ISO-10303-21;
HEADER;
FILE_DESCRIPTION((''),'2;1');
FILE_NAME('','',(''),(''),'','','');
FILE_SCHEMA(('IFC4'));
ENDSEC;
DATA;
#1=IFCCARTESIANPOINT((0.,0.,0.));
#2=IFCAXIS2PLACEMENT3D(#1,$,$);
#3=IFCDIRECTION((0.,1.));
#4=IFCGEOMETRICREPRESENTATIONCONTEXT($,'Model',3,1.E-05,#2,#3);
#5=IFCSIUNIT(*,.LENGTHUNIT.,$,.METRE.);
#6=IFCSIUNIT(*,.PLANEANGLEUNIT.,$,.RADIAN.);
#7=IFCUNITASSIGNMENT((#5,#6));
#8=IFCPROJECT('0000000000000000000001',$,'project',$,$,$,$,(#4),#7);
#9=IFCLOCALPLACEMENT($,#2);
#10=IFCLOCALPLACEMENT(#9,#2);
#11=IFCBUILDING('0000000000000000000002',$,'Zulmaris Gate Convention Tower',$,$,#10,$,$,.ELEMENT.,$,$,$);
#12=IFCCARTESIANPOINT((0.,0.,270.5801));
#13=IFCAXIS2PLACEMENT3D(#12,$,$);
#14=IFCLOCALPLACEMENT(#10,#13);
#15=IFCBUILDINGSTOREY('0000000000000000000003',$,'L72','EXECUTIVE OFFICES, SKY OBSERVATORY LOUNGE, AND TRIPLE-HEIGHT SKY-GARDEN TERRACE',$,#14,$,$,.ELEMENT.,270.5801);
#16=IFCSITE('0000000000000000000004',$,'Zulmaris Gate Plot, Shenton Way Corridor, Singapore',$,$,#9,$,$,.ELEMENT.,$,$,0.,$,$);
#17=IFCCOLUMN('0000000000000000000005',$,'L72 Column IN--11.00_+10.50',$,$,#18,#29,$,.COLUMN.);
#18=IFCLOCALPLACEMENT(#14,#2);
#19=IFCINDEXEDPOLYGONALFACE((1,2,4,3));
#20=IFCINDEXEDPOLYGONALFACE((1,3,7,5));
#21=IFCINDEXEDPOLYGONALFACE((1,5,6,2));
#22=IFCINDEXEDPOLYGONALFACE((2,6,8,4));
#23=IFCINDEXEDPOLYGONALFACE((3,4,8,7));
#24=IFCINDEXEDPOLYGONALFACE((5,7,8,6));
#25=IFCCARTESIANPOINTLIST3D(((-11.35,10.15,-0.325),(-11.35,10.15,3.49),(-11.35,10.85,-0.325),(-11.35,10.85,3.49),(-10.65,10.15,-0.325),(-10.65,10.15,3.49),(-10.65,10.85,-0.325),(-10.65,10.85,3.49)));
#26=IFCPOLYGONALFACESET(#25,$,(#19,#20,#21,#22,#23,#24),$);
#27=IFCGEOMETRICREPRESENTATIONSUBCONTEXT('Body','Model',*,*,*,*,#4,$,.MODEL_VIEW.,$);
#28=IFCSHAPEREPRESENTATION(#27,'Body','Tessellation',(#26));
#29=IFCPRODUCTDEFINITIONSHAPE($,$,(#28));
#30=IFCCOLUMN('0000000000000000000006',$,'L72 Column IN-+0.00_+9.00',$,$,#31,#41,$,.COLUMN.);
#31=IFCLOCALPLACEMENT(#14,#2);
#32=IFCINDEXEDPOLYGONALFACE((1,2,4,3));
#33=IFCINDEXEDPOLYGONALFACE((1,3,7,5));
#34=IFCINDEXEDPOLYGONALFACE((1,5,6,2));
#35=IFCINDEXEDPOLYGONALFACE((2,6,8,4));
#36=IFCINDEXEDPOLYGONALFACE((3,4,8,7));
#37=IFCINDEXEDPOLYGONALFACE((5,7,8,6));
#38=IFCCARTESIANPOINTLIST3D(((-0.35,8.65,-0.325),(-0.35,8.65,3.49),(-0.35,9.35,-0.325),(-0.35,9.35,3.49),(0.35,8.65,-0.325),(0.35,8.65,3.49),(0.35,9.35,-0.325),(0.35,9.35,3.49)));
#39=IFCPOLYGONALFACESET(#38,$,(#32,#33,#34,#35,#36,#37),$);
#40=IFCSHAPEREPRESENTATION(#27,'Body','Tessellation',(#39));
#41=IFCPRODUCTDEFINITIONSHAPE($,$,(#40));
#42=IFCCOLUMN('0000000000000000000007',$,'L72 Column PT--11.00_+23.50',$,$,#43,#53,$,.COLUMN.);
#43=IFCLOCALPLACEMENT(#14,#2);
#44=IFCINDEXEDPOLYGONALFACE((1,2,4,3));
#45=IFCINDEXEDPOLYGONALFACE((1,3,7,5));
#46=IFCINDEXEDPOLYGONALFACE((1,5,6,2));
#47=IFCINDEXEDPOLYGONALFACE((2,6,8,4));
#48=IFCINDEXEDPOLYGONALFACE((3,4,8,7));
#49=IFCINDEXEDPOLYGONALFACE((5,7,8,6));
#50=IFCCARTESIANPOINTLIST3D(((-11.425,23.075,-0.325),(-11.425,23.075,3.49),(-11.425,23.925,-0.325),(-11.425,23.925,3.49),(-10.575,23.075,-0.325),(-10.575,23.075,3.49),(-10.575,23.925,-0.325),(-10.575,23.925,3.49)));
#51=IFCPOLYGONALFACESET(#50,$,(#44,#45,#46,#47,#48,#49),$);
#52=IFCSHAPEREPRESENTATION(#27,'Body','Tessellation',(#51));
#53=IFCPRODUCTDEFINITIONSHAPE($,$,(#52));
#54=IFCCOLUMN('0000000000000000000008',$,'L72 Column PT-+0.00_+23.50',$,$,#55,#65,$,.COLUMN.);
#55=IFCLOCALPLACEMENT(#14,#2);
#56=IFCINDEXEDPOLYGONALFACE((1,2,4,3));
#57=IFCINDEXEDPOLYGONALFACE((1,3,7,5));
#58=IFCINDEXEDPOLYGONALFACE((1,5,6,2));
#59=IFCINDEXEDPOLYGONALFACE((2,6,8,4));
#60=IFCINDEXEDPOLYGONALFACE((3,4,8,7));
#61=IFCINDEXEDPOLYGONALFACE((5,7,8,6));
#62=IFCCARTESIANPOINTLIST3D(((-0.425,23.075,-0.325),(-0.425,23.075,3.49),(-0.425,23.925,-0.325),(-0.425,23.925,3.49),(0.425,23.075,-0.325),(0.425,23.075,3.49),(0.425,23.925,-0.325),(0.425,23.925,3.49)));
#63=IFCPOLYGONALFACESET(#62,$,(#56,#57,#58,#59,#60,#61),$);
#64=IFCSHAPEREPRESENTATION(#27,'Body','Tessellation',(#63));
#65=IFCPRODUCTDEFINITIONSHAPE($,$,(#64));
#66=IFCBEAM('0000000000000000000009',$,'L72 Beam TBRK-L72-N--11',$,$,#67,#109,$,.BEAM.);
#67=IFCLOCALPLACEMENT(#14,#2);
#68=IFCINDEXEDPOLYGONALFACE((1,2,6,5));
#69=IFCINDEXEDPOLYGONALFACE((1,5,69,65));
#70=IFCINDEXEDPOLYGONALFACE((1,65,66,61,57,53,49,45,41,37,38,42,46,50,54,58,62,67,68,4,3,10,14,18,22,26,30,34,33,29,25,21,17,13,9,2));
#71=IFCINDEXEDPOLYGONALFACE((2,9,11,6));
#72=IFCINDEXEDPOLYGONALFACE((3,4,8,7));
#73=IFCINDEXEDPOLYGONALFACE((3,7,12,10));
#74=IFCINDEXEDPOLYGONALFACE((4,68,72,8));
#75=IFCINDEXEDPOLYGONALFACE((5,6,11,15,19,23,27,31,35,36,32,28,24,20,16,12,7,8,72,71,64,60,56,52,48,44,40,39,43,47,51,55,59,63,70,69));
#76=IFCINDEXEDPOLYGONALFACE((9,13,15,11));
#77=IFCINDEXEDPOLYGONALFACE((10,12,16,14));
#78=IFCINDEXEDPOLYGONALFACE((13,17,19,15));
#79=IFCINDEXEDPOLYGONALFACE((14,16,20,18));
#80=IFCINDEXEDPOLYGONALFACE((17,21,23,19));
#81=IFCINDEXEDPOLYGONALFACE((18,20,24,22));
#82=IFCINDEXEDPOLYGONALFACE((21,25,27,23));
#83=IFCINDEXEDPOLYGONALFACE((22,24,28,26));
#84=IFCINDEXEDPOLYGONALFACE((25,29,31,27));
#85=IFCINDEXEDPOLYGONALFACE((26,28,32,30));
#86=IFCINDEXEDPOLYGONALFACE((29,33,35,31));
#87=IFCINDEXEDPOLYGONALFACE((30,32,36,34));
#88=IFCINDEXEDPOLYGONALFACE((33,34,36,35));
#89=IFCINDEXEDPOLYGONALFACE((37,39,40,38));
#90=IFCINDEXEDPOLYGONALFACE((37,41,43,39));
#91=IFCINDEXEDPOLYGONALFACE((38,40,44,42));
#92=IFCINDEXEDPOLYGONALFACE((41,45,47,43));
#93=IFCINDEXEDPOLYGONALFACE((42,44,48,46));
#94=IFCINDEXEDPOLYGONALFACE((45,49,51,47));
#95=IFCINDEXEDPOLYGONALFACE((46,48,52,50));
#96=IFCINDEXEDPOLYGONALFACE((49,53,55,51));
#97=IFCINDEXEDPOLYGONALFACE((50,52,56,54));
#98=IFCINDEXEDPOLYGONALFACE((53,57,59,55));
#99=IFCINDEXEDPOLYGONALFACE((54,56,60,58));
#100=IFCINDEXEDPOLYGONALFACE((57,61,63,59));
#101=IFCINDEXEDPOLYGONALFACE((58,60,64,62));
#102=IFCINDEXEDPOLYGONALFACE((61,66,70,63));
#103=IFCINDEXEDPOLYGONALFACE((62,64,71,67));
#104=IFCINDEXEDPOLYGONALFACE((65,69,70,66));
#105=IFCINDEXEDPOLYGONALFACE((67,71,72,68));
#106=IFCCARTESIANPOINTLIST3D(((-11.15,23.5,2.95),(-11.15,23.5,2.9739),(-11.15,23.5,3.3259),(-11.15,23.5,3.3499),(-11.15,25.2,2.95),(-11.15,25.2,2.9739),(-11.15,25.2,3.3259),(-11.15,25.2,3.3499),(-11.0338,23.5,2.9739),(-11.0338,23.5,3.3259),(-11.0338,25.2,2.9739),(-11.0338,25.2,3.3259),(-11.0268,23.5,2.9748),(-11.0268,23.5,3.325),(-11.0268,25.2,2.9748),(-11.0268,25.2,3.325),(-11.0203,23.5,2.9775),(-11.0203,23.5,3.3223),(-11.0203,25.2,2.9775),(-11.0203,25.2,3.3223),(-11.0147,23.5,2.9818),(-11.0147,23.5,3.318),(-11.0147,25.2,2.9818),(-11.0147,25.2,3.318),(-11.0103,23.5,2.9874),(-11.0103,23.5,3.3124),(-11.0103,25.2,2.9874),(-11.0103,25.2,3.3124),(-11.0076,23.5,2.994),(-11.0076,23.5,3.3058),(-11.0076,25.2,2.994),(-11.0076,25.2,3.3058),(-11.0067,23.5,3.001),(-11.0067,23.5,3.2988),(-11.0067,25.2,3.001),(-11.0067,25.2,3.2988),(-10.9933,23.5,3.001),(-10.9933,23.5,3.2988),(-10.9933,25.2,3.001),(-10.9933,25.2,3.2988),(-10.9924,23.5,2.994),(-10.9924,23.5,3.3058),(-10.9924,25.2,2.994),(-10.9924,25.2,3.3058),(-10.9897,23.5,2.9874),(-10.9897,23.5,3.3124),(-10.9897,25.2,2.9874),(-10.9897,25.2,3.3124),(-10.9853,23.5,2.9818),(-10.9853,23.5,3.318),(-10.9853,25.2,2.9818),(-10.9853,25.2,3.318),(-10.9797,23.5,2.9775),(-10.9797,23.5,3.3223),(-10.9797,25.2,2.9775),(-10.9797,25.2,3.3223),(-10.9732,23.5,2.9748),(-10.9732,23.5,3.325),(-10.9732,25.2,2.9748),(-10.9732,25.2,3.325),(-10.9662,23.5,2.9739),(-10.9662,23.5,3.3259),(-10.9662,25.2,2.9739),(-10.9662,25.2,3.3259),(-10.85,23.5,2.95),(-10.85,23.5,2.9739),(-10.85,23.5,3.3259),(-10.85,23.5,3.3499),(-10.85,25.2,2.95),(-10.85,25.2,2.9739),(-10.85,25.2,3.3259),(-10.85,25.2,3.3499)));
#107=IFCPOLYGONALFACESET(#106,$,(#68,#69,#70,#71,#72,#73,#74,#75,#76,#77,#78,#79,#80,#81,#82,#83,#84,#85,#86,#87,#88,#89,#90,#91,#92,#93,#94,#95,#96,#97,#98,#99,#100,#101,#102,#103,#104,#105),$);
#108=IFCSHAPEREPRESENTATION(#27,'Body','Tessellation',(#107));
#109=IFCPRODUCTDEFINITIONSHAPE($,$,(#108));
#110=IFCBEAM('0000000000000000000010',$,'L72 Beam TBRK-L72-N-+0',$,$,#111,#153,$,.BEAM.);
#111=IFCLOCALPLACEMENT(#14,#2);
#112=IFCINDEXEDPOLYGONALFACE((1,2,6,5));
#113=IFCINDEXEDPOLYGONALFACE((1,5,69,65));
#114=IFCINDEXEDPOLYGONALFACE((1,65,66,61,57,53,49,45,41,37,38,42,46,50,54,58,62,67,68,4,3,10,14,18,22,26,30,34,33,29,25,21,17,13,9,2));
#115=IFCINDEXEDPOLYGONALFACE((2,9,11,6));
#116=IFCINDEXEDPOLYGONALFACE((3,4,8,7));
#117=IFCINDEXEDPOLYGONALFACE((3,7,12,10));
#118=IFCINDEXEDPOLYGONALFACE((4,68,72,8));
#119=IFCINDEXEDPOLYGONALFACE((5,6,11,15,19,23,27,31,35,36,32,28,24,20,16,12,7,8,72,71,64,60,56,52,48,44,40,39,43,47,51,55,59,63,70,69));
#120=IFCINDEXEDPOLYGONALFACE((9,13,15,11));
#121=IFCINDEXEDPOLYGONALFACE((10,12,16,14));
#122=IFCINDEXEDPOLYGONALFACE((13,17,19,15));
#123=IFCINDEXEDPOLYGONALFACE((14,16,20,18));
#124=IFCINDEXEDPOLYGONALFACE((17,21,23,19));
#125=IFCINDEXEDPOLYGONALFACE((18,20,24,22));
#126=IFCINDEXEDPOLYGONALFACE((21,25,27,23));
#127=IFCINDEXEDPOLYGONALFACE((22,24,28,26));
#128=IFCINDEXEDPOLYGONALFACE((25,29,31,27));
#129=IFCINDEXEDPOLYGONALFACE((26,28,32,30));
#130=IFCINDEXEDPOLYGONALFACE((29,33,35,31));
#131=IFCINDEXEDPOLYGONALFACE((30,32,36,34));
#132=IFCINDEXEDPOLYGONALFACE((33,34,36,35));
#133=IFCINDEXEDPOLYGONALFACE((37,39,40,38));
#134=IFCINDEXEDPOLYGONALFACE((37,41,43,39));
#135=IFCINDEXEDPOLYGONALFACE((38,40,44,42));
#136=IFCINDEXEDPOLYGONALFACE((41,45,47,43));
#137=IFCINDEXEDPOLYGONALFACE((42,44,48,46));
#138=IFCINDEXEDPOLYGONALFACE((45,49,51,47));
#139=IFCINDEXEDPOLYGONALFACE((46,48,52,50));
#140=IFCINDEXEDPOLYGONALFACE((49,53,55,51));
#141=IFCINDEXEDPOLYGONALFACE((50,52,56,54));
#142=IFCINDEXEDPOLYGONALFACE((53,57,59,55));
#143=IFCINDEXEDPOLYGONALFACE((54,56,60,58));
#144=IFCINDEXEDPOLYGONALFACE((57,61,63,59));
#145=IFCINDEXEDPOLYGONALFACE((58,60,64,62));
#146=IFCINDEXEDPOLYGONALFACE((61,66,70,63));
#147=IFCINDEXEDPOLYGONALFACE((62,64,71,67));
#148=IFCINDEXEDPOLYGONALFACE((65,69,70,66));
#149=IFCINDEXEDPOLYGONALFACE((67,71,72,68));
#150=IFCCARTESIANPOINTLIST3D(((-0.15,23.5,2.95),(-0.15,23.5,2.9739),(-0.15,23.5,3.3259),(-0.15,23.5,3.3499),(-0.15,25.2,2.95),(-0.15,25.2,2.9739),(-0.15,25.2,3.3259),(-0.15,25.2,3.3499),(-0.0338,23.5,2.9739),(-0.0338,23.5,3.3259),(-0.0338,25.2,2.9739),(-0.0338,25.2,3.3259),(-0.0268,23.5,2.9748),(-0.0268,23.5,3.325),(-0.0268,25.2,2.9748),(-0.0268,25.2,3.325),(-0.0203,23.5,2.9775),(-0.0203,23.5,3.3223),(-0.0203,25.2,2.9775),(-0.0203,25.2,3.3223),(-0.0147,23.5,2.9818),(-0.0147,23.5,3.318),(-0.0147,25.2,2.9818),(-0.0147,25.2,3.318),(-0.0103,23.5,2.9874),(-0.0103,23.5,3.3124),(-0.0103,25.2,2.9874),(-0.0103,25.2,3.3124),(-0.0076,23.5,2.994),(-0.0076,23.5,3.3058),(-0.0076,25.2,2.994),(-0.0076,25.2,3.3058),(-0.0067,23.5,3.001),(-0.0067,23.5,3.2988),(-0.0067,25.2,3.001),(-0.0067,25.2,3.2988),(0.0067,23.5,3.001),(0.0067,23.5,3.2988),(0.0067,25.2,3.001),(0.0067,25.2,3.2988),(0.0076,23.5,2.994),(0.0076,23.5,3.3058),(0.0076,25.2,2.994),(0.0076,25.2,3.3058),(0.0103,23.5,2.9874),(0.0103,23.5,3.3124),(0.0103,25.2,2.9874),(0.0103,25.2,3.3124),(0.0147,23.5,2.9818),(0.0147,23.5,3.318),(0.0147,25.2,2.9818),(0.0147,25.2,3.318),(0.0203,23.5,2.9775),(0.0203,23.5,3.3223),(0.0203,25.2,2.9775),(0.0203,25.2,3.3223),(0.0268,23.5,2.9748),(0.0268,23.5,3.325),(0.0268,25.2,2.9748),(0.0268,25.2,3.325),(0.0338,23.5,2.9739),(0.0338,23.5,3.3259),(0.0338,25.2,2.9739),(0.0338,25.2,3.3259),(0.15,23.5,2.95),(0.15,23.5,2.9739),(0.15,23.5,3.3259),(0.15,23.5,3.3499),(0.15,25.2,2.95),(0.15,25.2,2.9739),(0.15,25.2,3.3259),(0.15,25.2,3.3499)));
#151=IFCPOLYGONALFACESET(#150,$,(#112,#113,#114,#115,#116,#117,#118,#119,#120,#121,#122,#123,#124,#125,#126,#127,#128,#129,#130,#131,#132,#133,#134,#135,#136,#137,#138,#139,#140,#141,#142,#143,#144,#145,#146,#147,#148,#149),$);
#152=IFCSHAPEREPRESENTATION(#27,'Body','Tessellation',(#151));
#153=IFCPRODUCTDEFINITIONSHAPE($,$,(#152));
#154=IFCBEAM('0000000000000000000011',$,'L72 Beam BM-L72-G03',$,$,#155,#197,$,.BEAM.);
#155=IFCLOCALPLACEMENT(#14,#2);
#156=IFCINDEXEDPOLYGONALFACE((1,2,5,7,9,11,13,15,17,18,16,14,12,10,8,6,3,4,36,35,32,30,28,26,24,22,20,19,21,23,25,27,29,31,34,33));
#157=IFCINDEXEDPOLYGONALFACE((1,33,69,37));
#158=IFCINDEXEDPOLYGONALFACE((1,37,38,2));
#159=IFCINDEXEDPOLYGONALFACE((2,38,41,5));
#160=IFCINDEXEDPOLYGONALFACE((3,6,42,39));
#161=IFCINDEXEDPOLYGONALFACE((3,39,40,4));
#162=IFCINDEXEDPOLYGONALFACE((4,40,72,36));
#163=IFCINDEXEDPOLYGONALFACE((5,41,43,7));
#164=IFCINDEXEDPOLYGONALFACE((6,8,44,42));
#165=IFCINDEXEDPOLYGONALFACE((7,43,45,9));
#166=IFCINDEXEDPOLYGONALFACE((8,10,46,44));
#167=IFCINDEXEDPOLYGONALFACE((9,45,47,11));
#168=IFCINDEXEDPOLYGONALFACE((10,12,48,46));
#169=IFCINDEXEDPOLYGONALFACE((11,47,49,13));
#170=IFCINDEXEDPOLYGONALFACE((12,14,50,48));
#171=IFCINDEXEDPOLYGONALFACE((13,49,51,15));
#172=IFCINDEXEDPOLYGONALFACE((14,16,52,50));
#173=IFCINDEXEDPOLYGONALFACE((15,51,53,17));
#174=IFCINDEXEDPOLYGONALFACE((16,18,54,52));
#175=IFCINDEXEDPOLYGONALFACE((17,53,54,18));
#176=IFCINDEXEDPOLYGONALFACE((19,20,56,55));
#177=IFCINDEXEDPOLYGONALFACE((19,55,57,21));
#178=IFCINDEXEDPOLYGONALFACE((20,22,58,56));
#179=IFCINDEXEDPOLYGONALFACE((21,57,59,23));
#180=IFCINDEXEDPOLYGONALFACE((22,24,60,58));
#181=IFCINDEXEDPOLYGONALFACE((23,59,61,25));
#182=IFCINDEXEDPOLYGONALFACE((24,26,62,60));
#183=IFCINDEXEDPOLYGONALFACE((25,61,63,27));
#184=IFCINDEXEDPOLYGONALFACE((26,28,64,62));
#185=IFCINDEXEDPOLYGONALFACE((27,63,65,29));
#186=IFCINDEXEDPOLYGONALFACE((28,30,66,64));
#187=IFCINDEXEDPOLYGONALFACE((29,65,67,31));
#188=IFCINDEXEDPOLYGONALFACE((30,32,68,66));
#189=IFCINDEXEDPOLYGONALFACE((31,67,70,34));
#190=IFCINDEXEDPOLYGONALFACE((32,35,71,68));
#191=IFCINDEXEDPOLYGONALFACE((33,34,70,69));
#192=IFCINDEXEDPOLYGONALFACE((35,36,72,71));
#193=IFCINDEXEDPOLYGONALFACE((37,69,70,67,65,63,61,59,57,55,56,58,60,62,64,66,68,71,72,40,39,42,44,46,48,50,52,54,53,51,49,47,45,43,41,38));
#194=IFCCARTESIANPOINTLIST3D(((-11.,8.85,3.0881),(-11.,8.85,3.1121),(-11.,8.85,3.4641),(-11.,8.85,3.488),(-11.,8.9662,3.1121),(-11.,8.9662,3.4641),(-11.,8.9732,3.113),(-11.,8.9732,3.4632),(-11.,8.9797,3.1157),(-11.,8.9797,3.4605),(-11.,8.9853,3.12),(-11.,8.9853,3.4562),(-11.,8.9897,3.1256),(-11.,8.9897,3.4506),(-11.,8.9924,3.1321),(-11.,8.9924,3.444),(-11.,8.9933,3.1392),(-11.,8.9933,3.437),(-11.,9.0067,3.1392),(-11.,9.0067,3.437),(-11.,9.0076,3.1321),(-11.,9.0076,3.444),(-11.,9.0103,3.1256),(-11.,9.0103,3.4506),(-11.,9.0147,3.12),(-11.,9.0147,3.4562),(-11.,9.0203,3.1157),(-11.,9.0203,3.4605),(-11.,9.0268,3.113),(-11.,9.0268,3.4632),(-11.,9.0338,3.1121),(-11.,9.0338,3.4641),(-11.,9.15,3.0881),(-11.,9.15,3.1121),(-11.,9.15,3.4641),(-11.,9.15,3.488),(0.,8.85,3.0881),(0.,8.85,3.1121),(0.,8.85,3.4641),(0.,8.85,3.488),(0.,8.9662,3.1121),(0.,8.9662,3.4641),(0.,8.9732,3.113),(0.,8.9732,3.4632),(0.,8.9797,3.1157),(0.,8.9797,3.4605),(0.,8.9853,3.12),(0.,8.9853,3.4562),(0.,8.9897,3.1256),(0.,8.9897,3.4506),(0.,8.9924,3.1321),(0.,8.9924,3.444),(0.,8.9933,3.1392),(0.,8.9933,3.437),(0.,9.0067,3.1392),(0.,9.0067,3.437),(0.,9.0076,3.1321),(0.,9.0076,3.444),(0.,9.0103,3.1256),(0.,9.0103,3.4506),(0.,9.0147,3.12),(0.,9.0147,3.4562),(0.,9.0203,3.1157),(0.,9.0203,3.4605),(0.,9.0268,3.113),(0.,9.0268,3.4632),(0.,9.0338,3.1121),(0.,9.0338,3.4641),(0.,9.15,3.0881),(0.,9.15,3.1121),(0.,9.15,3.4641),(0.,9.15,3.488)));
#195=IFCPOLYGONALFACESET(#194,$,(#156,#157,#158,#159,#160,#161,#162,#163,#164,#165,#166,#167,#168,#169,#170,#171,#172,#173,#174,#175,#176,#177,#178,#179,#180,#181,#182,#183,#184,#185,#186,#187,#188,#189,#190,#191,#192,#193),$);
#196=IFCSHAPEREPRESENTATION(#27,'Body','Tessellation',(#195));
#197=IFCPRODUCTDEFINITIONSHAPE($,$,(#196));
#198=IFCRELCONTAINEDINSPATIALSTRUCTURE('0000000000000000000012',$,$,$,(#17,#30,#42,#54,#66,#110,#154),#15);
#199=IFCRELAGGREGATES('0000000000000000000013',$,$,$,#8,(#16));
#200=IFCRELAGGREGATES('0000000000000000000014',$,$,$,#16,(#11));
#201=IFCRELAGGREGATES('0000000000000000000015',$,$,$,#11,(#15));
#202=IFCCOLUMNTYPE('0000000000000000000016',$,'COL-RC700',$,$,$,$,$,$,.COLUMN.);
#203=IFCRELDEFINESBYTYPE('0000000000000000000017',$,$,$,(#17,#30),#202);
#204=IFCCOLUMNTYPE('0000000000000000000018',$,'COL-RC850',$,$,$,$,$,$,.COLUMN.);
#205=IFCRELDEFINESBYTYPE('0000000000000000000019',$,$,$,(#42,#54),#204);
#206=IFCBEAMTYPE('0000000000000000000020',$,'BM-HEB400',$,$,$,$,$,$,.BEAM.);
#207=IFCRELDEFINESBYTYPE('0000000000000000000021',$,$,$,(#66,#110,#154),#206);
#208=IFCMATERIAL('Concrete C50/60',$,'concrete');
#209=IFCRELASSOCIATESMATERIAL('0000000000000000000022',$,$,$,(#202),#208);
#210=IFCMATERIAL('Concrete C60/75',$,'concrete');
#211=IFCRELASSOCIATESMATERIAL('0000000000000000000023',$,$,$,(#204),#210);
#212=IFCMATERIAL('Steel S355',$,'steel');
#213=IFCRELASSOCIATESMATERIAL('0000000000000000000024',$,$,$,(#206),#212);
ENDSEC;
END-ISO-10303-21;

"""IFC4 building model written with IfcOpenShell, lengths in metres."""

from ifc_helpers import new_model, si_unit, direction, frame, origin, origin_2d, place, context, subcontext, project, spatial, rectangle, i_section, extrude, material, material_profile, profile_set, type_object, element, save


model = new_model("IFC4")

# Units and contexts
model_context = context("Model", 3, precision=1e-05, world=origin(), true_north=direction((0.0, 1.0)))
body_context = subcontext(model_context, "Body", "Model", "MODEL_VIEW")
ifc_project = project(units=[si_unit("LENGTHUNIT", "METRE"), si_unit("PLANEANGLEUNIT", "RADIAN")], contexts=[model_context])

# Site, building, storey
site_placement = place(None, origin())
site = spatial("IfcSite", under=ifc_project, at=site_placement, Name="Zulmaris Gate Plot, Shenton Way Corridor, Singapore", CompositionType="ELEMENT", RefElevation=0.0)
building_placement = place(site_placement, origin())
building = spatial("IfcBuilding", under=site, at=building_placement, Name="Zulmaris Gate Convention Tower", CompositionType="ELEMENT")
storey_placement = place(building_placement, frame((0.0, 0.0, 270.5801)))
storey = spatial("IfcBuildingStorey", under=building, at=storey_placement, Name="L72", Description="EXECUTIVE OFFICES, SKY OBSERVATORY LOUNGE, AND TRIPLE-HEIGHT SKY-GARDEN TERRACE", CompositionType="ELEMENT", Elevation=270.5801)

# Columns
ifc_material_1 = material(Name="Concrete C50/60", Category="concrete")
ifc_material_profile_1 = material_profile(ifc_material_1, rectangle(XDim=0.7, YDim=0.7, at=origin_2d()), Name="RC COL 700x700")
ifc_profile_set_1 = profile_set([ifc_material_profile_1], Name="Concrete C50/60")
column_type_1 = type_object("IfcColumnType", Name="COL-RC700", PredefinedType="COLUMN", material=ifc_profile_set_1)
for number, where, z_axis, x_axis, name in (
    (1, (-11.0, 10.5, -0.325), (0.0, 0.0, 1.0), (1.0, 0.0, 0.0), "L72 Column IN--11.00_+10.50"),
    (2, (0.0, 9.0, -0.325), (0.0, 0.0, 1.0), (1.0, 0.0, 0.0), "L72 Column IN-+0.00_+9.00"),
):
    element("IfcColumn", number, at=place(storey_placement, frame(where, z_axis=z_axis, x_axis=x_axis)), inside=storey, type_object=column_type_1, Name=name, PredefinedType="COLUMN", context=body_context, shape_type="SweptSolid", body=[
        extrude(rectangle(XDim=0.7, YDim=0.7, at=origin_2d()), origin(), (0.0, 0.0, 1.0), 3.8149),
    ])
ifc_material_2 = material(Name="Concrete C60/75", Category="concrete")
ifc_material_profile_2 = material_profile(ifc_material_2, rectangle(XDim=0.8501, YDim=0.8501, at=origin_2d()), Name="RC COL 850x850")
ifc_profile_set_2 = profile_set([ifc_material_profile_2], Name="Concrete C60/75")
column_type_2 = type_object("IfcColumnType", Name="COL-RC850", PredefinedType="COLUMN", material=ifc_profile_set_2)
for number, where, z_axis, x_axis, name in (
    (3, (-11.0, 23.5, -0.325), (0.0, 0.0, 1.0), (1.0, 0.0, 0.0), "L72 Column PT--11.00_+23.50"),
    (4, (0.0, 23.5, -0.325), (0.0, 0.0, 1.0), (1.0, 0.0, 0.0), "L72 Column PT-+0.00_+23.50"),
):
    element("IfcColumn", number, at=place(storey_placement, frame(where, z_axis=z_axis, x_axis=x_axis)), inside=storey, type_object=column_type_2, Name=name, PredefinedType="COLUMN", context=body_context, shape_type="SweptSolid", body=[
        extrude(rectangle(XDim=0.8501, YDim=0.8501, at=origin_2d()), origin(), (0.0, 0.0, 1.0), 3.8149),
    ])

# Beams
ifc_material_3 = material(Name="Steel S355", Category="steel")
ifc_material_profile_3 = material_profile(ifc_material_3, i_section(OverallWidth=0.3, OverallDepth=0.3999, WebThickness=0.0134, FlangeThickness=0.0239, FilletRadius=0.0271, at=origin_2d()), Name="HEB 400")
ifc_profile_set_3 = profile_set([ifc_material_profile_3], Name="Steel S355")
beam_type_1 = type_object("IfcBeamType", Name="BM-HEB400", PredefinedType="BEAM", material=ifc_profile_set_3)
for number, where, z_axis, x_axis, name in (
    (5, (-11.0, 23.5, 3.1499), (0.0, 1.0, 0.0), (-1.0, 0.0, 0.0), "L72 Beam TBRK-L72-N--11"),
    (6, (0.0, 23.5, 3.1499), (0.0, 1.0, 0.0), (-1.0, 0.0, 0.0), "L72 Beam TBRK-L72-N-+0"),
):
    element("IfcBeam", number, at=place(storey_placement, frame(where, z_axis=z_axis, x_axis=x_axis)), inside=storey, type_object=beam_type_1, Name=name, PredefinedType="BEAM", context=body_context, shape_type="SweptSolid", body=[
        extrude(i_section(OverallWidth=0.3, OverallDepth=0.3999, WebThickness=0.0134, FlangeThickness=0.0239, FilletRadius=0.0271, at=origin_2d()), origin(), (0.0, 0.0, 1.0), 1.7),
    ])
for number, where, z_axis, x_axis, name in (
    (7, (-11.0, 9.0, 3.2881), (1.0, 0.0, 0.0), (0.0, 1.0, 0.0), "L72 Beam BM-L72-G03"),
):
    element("IfcBeam", number, at=place(storey_placement, frame(where, z_axis=z_axis, x_axis=x_axis)), inside=storey, type_object=beam_type_1, Name=name, PredefinedType="BEAM", context=body_context, shape_type="SweptSolid", body=[
        extrude(i_section(OverallWidth=0.3, OverallDepth=0.3999, WebThickness=0.0134, FlangeThickness=0.0239, FilletRadius=0.0271, at=origin_2d()), origin(), (0.0, 0.0, 1.0), 11.0),
    ])

save(model, "model.ifc")
